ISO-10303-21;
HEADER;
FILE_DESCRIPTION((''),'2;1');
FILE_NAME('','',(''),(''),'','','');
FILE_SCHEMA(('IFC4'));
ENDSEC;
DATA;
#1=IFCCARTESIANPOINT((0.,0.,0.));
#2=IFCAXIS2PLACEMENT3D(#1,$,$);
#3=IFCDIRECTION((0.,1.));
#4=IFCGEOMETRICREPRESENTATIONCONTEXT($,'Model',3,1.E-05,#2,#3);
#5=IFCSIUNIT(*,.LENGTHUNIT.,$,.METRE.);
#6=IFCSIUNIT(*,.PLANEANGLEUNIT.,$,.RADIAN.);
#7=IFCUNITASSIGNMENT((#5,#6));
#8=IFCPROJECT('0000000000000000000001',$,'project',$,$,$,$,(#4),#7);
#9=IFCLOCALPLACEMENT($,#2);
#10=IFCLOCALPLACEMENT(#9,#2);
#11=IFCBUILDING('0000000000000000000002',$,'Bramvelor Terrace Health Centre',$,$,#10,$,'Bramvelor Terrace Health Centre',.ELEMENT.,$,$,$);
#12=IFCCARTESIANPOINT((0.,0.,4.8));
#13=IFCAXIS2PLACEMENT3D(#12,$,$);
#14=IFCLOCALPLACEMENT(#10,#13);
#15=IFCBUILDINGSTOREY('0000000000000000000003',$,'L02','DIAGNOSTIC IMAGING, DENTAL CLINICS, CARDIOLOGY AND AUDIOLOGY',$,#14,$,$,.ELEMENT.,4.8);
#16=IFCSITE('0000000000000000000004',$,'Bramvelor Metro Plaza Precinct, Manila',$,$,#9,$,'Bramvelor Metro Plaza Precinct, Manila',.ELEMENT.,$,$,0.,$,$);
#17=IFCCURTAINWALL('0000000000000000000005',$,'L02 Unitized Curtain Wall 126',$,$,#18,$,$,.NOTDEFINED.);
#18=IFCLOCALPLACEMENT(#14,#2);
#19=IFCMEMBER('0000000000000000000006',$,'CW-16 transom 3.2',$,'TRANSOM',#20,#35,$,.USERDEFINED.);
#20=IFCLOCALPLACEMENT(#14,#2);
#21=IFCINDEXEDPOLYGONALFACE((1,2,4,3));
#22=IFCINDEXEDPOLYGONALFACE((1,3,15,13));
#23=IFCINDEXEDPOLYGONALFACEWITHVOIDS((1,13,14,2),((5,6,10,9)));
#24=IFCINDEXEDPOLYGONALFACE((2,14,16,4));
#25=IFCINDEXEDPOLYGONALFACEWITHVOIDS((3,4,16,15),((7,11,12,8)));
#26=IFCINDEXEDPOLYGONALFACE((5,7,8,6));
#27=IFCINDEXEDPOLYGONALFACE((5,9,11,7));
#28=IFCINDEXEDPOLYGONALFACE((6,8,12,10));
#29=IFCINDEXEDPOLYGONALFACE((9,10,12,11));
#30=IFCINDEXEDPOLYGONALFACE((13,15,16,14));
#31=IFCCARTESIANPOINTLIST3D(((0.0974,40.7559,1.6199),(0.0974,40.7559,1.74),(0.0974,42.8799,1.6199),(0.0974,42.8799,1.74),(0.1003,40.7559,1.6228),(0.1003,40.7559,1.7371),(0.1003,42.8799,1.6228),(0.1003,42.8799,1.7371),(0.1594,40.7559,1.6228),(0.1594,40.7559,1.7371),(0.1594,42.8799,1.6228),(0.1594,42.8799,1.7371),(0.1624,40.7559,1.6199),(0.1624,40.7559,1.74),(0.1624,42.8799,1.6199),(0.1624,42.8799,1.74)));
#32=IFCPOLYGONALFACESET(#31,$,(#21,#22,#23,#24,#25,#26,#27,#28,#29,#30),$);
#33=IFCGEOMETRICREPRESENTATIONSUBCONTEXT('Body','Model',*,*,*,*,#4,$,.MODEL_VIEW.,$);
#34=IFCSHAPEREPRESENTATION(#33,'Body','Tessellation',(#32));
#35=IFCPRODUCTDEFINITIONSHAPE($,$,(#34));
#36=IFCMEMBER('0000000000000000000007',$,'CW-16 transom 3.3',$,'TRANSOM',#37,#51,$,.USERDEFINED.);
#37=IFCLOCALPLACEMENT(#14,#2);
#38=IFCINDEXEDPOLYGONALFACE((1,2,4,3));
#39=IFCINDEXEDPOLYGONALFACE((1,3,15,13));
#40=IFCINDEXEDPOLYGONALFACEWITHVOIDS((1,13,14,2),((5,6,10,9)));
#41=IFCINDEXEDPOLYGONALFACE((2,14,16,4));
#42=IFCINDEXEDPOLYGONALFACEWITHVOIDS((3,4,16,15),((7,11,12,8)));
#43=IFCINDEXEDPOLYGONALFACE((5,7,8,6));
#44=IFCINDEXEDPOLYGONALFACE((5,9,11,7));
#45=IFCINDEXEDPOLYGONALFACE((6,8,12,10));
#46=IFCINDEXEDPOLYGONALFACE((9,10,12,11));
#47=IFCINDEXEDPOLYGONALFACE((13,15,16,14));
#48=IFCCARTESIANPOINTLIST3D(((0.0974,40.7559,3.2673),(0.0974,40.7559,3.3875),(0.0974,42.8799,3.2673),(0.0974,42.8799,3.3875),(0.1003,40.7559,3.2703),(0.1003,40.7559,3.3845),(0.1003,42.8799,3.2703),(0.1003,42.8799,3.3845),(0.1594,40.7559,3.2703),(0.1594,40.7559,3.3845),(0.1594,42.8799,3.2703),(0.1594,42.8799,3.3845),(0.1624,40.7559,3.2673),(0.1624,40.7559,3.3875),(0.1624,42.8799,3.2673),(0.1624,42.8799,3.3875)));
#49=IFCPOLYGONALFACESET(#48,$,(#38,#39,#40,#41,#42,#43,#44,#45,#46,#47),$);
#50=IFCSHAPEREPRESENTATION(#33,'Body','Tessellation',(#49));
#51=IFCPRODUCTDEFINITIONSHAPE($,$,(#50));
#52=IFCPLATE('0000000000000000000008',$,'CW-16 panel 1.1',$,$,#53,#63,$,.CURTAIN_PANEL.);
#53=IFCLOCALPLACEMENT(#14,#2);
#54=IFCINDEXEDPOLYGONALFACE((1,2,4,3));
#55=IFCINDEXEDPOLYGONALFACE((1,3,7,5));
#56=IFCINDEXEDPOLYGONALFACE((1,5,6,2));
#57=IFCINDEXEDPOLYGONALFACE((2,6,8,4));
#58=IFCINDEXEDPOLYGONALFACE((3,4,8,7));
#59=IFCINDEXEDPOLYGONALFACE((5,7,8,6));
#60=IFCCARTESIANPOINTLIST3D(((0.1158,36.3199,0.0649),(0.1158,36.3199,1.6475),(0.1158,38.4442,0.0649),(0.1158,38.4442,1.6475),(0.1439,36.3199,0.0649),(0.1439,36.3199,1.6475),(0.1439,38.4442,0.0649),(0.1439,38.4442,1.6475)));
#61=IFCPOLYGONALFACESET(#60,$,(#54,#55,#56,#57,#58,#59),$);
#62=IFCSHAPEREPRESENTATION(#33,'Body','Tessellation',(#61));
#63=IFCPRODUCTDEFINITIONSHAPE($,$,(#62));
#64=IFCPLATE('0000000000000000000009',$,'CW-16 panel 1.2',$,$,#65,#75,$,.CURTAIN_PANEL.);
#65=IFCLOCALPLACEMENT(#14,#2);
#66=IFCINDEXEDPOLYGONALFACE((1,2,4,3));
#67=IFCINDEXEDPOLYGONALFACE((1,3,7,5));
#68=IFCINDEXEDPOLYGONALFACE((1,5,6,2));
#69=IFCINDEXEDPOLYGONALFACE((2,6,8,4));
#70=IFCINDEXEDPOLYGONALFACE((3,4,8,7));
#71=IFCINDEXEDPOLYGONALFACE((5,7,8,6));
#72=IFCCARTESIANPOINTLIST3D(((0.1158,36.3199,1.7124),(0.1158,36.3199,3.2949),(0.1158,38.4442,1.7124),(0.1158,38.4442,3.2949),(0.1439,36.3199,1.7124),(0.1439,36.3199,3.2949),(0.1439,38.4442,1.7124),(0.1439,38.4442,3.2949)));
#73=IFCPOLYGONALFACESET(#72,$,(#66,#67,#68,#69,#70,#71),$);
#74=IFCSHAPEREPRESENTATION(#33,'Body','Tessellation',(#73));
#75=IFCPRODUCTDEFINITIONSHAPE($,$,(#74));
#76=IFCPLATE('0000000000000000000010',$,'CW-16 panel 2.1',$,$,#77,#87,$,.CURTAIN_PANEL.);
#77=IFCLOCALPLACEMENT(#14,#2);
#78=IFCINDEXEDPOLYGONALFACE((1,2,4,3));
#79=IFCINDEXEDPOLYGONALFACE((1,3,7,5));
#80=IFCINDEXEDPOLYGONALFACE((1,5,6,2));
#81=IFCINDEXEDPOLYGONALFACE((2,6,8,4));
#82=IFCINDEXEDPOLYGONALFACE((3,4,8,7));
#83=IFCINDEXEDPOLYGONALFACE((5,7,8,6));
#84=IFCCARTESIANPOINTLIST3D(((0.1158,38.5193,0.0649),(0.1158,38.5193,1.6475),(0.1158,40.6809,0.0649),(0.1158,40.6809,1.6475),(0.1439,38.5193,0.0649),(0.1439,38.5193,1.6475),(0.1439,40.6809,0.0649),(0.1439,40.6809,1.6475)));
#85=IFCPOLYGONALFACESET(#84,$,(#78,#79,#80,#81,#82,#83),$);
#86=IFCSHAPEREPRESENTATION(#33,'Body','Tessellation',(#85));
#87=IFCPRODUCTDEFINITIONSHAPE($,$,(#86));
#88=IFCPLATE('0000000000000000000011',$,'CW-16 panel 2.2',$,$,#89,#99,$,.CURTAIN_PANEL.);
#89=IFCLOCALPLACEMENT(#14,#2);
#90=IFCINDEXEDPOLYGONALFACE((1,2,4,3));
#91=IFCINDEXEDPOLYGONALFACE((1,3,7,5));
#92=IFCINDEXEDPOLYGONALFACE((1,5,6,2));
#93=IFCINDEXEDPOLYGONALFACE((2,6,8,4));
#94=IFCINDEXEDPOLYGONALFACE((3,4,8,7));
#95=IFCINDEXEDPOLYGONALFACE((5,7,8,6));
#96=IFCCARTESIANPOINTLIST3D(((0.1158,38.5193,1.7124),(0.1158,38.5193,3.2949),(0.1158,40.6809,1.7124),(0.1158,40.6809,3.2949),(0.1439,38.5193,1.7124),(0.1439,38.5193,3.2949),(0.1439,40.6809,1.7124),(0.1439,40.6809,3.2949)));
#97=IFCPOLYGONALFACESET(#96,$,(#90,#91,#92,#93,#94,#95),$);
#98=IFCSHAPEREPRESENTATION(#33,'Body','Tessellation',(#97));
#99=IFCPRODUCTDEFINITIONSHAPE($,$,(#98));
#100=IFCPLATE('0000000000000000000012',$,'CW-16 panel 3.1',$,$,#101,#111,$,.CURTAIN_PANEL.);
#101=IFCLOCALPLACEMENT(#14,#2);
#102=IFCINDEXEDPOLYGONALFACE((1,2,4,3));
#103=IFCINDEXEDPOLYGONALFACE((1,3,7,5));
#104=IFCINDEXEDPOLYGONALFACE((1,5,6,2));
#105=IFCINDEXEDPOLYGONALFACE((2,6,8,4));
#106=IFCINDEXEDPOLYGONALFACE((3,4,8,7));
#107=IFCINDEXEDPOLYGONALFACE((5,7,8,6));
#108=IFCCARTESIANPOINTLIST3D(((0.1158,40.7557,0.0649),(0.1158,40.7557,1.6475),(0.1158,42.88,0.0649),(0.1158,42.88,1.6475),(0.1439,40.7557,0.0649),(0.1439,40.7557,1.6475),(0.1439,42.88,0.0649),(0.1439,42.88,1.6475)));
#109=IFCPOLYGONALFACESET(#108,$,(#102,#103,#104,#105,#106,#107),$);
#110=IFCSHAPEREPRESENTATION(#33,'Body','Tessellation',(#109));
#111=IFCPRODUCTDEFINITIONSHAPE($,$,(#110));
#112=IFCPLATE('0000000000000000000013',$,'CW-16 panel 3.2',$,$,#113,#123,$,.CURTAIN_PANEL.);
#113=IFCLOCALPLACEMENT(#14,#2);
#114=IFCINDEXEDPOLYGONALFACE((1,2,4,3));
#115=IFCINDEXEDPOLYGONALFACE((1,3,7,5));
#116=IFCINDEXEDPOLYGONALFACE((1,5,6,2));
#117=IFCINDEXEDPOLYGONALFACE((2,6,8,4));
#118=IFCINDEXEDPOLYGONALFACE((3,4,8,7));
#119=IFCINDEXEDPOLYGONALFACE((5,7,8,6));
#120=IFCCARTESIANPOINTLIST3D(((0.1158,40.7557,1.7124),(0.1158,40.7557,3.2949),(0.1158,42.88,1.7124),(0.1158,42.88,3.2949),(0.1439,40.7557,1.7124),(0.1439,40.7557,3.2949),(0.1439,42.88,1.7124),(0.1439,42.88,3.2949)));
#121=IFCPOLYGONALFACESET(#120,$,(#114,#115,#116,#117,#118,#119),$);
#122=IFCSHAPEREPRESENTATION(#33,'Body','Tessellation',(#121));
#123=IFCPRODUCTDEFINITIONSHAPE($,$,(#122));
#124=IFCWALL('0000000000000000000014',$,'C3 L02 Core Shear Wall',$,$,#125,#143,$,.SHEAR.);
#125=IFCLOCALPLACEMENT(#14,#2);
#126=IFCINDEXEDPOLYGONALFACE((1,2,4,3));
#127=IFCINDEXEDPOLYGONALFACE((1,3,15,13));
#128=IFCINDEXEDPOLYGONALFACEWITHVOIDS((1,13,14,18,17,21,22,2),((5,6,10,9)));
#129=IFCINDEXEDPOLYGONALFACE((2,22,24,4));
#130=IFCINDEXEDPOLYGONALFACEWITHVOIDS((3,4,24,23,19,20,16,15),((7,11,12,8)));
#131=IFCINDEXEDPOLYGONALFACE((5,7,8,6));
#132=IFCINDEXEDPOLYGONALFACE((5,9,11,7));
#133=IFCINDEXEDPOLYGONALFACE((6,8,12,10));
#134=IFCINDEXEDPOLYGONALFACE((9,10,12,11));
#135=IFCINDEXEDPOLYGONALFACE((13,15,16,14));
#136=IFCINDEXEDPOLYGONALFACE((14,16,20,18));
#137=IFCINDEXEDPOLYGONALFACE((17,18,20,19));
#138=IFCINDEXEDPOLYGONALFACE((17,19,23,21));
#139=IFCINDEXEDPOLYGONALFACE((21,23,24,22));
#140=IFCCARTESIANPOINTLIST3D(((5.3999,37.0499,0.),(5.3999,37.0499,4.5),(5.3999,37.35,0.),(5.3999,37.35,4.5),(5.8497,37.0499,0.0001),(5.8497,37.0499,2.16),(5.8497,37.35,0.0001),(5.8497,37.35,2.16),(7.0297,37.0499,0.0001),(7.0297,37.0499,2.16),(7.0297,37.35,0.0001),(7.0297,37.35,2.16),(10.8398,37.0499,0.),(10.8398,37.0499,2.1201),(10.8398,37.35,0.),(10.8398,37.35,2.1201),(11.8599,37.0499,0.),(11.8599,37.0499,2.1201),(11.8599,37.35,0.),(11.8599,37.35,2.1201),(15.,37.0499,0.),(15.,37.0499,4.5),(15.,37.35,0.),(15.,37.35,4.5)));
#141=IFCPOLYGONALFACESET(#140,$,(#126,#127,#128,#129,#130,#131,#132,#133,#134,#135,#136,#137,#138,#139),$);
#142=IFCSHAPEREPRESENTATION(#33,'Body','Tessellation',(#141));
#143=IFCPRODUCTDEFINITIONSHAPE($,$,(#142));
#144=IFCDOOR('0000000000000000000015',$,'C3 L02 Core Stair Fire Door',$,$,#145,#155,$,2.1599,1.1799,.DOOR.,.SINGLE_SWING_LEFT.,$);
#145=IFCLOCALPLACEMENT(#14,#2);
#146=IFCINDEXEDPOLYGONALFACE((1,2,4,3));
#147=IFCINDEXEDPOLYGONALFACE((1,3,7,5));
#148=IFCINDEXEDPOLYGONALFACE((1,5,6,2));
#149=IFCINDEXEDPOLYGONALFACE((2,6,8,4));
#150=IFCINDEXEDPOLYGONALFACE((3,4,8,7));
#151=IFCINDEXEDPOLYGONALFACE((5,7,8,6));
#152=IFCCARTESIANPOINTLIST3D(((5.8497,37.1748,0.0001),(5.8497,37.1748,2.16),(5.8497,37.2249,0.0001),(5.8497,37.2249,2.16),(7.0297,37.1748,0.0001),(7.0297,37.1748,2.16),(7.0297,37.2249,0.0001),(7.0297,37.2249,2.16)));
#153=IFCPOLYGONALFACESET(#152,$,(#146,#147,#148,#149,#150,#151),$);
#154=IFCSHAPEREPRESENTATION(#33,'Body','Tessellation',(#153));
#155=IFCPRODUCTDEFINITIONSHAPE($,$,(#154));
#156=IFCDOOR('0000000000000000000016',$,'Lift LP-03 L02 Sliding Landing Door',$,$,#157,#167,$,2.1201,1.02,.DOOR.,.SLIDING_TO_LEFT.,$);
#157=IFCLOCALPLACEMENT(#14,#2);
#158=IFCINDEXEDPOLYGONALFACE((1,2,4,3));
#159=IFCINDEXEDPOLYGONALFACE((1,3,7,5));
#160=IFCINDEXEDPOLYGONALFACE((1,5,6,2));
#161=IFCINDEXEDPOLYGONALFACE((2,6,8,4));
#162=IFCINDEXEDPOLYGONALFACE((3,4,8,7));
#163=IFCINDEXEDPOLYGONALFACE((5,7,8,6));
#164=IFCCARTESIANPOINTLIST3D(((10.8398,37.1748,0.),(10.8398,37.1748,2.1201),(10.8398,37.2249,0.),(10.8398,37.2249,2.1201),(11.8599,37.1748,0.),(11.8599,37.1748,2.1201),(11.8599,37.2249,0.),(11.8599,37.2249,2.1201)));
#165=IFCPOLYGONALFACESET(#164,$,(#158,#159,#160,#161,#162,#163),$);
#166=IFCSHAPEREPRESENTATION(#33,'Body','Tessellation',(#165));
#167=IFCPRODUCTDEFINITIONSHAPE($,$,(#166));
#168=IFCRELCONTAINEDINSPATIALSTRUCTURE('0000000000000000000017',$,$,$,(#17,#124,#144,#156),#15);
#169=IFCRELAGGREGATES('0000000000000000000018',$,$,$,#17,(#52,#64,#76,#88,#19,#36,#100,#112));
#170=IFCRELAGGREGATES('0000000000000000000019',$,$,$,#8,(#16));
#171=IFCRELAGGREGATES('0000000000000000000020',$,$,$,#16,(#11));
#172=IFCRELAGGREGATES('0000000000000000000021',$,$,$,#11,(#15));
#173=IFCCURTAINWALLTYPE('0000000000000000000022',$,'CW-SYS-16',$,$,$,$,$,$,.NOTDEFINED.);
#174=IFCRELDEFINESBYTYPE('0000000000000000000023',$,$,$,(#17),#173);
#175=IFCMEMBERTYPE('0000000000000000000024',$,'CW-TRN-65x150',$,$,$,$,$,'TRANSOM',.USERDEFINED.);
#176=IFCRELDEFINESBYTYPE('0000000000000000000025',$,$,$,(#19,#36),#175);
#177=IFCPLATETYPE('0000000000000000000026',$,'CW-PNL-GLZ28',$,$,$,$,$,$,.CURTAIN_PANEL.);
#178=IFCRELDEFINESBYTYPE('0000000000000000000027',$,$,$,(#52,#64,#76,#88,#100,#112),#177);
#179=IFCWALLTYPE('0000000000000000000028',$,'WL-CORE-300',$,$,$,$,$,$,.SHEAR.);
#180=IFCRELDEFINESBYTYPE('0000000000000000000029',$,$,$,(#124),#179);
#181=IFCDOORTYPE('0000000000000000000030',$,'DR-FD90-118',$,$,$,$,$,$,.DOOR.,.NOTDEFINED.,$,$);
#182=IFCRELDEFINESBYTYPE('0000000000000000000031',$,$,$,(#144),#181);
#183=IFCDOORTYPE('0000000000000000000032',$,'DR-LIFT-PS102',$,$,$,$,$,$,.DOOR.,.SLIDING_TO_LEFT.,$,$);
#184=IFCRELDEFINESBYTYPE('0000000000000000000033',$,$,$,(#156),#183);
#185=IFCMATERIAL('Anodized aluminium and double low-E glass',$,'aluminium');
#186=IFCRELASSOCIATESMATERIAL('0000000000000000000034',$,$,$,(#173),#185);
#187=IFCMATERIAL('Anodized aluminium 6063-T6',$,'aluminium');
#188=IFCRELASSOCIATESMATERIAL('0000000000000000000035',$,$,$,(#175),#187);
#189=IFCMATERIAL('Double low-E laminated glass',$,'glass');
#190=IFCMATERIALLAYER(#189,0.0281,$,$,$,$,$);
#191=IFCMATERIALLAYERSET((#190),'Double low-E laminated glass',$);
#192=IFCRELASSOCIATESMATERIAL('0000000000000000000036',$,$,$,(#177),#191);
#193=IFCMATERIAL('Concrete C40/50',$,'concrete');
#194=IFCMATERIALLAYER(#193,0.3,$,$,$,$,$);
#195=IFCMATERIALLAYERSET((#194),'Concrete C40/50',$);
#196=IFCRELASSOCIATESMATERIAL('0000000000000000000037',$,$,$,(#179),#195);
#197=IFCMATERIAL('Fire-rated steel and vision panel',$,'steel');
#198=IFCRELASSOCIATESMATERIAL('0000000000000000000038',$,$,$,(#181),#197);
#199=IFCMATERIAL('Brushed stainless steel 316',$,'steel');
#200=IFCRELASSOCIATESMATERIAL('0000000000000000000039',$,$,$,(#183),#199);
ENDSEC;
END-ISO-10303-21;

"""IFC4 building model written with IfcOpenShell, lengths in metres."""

from ifc_helpers import new_model, si_unit, direction, frame, frame_2d, origin, origin_2d, place, context, subcontext, project, spatial, rectangle, hollow_rectangle, extrude, material, layer, layer_set, material_profile, profile_set, type_object, element, fill, aggregate, save


model = new_model("IFC4")

# Units and contexts
model_context = context("Model", 3, precision=1e-05, world=origin(), true_north=direction((0.0, 1.0)))
body_context = subcontext(model_context, "Body", "Model", "MODEL_VIEW")
ifc_project = project(units=[si_unit("LENGTHUNIT", "METRE"), si_unit("PLANEANGLEUNIT", "RADIAN")], contexts=[model_context])

# Site, building, storey
site_placement = place(None, origin())
site = spatial("IfcSite", under=ifc_project, at=site_placement, Name="Bramvelor Metro Plaza Precinct, Manila", LongName="Bramvelor Metro Plaza Precinct, Manila", CompositionType="ELEMENT", RefElevation=0.0)
building_placement = place(site_placement, origin())
building = spatial("IfcBuilding", under=site, at=building_placement, Name="Bramvelor Terrace Health Centre", LongName="Bramvelor Terrace Health Centre", CompositionType="ELEMENT")
storey_placement = place(building_placement, frame((0.0, 0.0, 4.8)))
storey = spatial("IfcBuildingStorey", under=building, at=storey_placement, Name="L02", Description="DIAGNOSTIC IMAGING, DENTAL CLINICS, CARDIOLOGY AND AUDIOLOGY", CompositionType="ELEMENT", Elevation=4.8)

# Curtain wall, members, plates
ifc_material_1 = material(Name="Anodized aluminium and double low-E glass", Category="aluminium")
curtain_wall_type = type_object("IfcCurtainWallType", Name="CW-SYS-16", PredefinedType="NOTDEFINED", material=ifc_material_1)
curtain_wall_placement = place(storey_placement, origin())
curtain_wall = element("IfcCurtainWall", 1, at=curtain_wall_placement, inside=storey, type_object=curtain_wall_type, Name="L02 Unitized Curtain Wall 126", PredefinedType="NOTDEFINED")
ifc_material_2 = material(Name="Anodized aluminium 6063-T6", Category="aluminium")
ifc_material_profile_1 = material_profile(ifc_material_2, hollow_rectangle(XDim=0.0649, YDim=0.1201, WallThickness=0.0029, at=origin_2d()), Name="ALU-TRN 65x120x3.0")
ifc_profile_set_1 = profile_set([ifc_material_profile_1], Name="Anodized aluminium 6063-T6")
member_type_1 = type_object("IfcMemberType", Name="CW-TRN-65x150", ElementType="TRANSOM", PredefinedType="USERDEFINED", material=ifc_profile_set_1)
member_1_placement = place(storey_placement, frame((0.1299, 40.7559, 1.6799), z_axis=(0.0, 1.0, 0.0), x_axis=(-1.0, 0.0, 0.0)))
member_1 = element("IfcMember", 2, at=member_1_placement, type_object=member_type_1, Name="CW-16 transom 3.2", ObjectType="TRANSOM", PredefinedType="USERDEFINED", context=body_context, shape_type="SweptSolid", body=[
    extrude(hollow_rectangle(XDim=0.0649, YDim=0.1201, WallThickness=0.0029, at=origin_2d()), origin(), (0.0, 0.0, 1.0), 2.124),
])
member_2_placement = place(storey_placement, frame((0.1299, 40.7559, 3.3274), z_axis=(0.0, 1.0, 0.0), x_axis=(-1.0, 0.0, 0.0)))
member_2 = element("IfcMember", 3, at=member_2_placement, type_object=member_type_1, Name="CW-16 transom 3.3", ObjectType="TRANSOM", PredefinedType="USERDEFINED", context=body_context, shape_type="SweptSolid", body=[
    extrude(hollow_rectangle(XDim=0.0649, YDim=0.1201, WallThickness=0.0029, at=origin_2d()), origin(), (0.0, 0.0, 1.0), 2.124),
])
ifc_material_3 = material(Name="Double low-E laminated glass", Category="glass")
ifc_layer_1 = layer(ifc_material_3, 0.0281)
ifc_layer_set_1 = layer_set([ifc_layer_1], Name="Double low-E laminated glass")
plate_type = type_object("IfcPlateType", Name="CW-PNL-GLZ28", PredefinedType="CURTAIN_PANEL", material=ifc_layer_set_1)
plate_1_placement = place(storey_placement, frame((0.1299, 37.3821, 0.0649), z_axis=(0.0, 0.0, 1.0), x_axis=(0.0, 1.0, 0.0)))
plate_1 = element("IfcPlate", 4, at=plate_1_placement, type_object=plate_type, Name="CW-16 panel 1.1", PredefinedType="CURTAIN_PANEL", context=body_context, shape_type="SweptSolid", body=[
    extrude(rectangle(XDim=2.1243, YDim=0.0281, at=origin_2d()), origin(), (0.0, 0.0, 1.0), 1.5825),
])
plate_2_placement = place(storey_placement, frame((0.1299, 37.3821, 1.7124), z_axis=(0.0, 0.0, 1.0), x_axis=(0.0, 1.0, 0.0)))
plate_2 = element("IfcPlate", 5, at=plate_2_placement, type_object=plate_type, Name="CW-16 panel 1.2", PredefinedType="CURTAIN_PANEL", context=body_context, shape_type="SweptSolid", body=[
    extrude(rectangle(XDim=2.1243, YDim=0.0281, at=origin_2d()), origin(), (0.0, 0.0, 1.0), 1.5825),
])
plate_3_placement = place(storey_placement, frame((0.1299, 39.6001, 0.0649), z_axis=(0.0, 0.0, 1.0), x_axis=(0.0, 1.0, 0.0)))
plate_3 = element("IfcPlate", 6, at=plate_3_placement, type_object=plate_type, Name="CW-16 panel 2.1", PredefinedType="CURTAIN_PANEL", context=body_context, shape_type="SweptSolid", body=[
    extrude(rectangle(XDim=2.1616, YDim=0.0281, at=origin_2d()), origin(), (0.0, 0.0, 1.0), 1.5825),
])
plate_4_placement = place(storey_placement, frame((0.1299, 39.6001, 1.7124), z_axis=(0.0, 0.0, 1.0), x_axis=(0.0, 1.0, 0.0)))
plate_4 = element("IfcPlate", 7, at=plate_4_placement, type_object=plate_type, Name="CW-16 panel 2.2", PredefinedType="CURTAIN_PANEL", context=body_context, shape_type="SweptSolid", body=[
    extrude(rectangle(XDim=2.1616, YDim=0.0281, at=origin_2d()), origin(), (0.0, 0.0, 1.0), 1.5825),
])
plate_5_placement = place(storey_placement, frame((0.1299, 41.8179, 0.0649), z_axis=(0.0, 0.0, 1.0), x_axis=(0.0, 1.0, 0.0)))
plate_5 = element("IfcPlate", 8, at=plate_5_placement, type_object=plate_type, Name="CW-16 panel 3.1", PredefinedType="CURTAIN_PANEL", context=body_context, shape_type="SweptSolid", body=[
    extrude(rectangle(XDim=2.1243, YDim=0.0281, at=origin_2d()), origin(), (0.0, 0.0, 1.0), 1.5825),
])
plate_6_placement = place(storey_placement, frame((0.1299, 41.8179, 1.7124), z_axis=(0.0, 0.0, 1.0), x_axis=(0.0, 1.0, 0.0)))
plate_6 = element("IfcPlate", 9, at=plate_6_placement, type_object=plate_type, Name="CW-16 panel 3.2", PredefinedType="CURTAIN_PANEL", context=body_context, shape_type="SweptSolid", body=[
    extrude(rectangle(XDim=2.1243, YDim=0.0281, at=origin_2d()), origin(), (0.0, 0.0, 1.0), 1.5825),
])
aggregate(curtain_wall, [plate_1, plate_2, plate_3, plate_4, member_1, member_2, plate_5, plate_6])

# Wall, openings, doors
ifc_material_4 = material(Name="Concrete C40/50", Category="concrete")
ifc_layer_2 = layer(ifc_material_4, 0.3)
ifc_layer_set_2 = layer_set([ifc_layer_2], Name="Concrete C40/50")
wall_type = type_object("IfcWallType", Name="WL-CORE-300", PredefinedType="SHEAR", material=ifc_layer_set_2)
wall_placement = place(storey_placement, frame((5.3999, 37.2, 0.0), z_axis=(0.0, 0.0, 1.0), x_axis=(1.0, 0.0, 0.0)))
wall = element("IfcWall", 10, at=wall_placement, inside=storey, type_object=wall_type, Name="C3 L02 Core Shear Wall", PredefinedType="SHEAR", context=body_context, shape_type="SweptSolid", body=[
    extrude(rectangle(XDim=9.6001, YDim=0.3, at=frame_2d((4.8, 0.0))), origin(), (0.0, 0.0, 1.0), 4.5),
])
opening_1_placement = place(wall_placement, frame((0.45, 0.0, 0.0)))
opening_1 = element("IfcOpeningElement", 11, at=opening_1_placement, cuts=wall, PredefinedType="OPENING", context=body_context, shape_type="SweptSolid", body=[
    extrude(rectangle(XDim=1.1799, YDim=2.1599, at=frame_2d((0.5898, 1.0801))), frame((0.0, 0.1599, 0.0), z_axis=(0.0, -1.0, 0.0), x_axis=(1.0, 0.0, 0.0)), (0.0, 0.0, 1.0), 0.3201),
])
opening_2_placement = place(wall_placement, frame((5.4399, 0.0, 0.0)))
opening_2 = element("IfcOpeningElement", 12, at=opening_2_placement, cuts=wall, PredefinedType="OPENING", context=body_context, shape_type="SweptSolid", body=[
    extrude(rectangle(XDim=1.02, YDim=2.1201, at=frame_2d((0.51, 1.0601))), frame((0.0, 0.1599, 0.0), z_axis=(0.0, -1.0, 0.0), x_axis=(1.0, 0.0, 0.0)), (0.0, 0.0, 1.0), 0.3201),
])
ifc_material_5 = material(Name="Fire-rated steel and vision panel", Category="steel")
door_type_1 = type_object("IfcDoorType", Name="DR-FD90-118", OperationType="NOTDEFINED", PredefinedType="DOOR", material=ifc_material_5)
door_1_placement = place(opening_1_placement, origin())
door_1 = element("IfcDoor", 13, at=door_1_placement, inside=storey, type_object=door_type_1, Name="C3 L02 Core Stair Fire Door", OperationType="SINGLE_SWING_LEFT", OverallHeight=2.1599, OverallWidth=1.1799, PredefinedType="DOOR", context=body_context, shape_type="SweptSolid", body=[
    extrude(rectangle(XDim=1.1799, YDim=2.1599, at=frame_2d((0.5898, 1.0801))), frame((0.0, 0.0249, 0.0), z_axis=(0.0, -1.0, 0.0), x_axis=(1.0, 0.0, 0.0)), (0.0, 0.0, 1.0), 0.05),
])
fill(opening_1, door_1)
ifc_material_6 = material(Name="Brushed stainless steel 316", Category="steel")
door_type_2 = type_object("IfcDoorType", Name="DR-LIFT-PS102", OperationType="SLIDING_TO_LEFT", PredefinedType="DOOR", material=ifc_material_6)
door_2_placement = place(opening_2_placement, origin())
door_2 = element("IfcDoor", 14, at=door_2_placement, inside=storey, type_object=door_type_2, Name="Lift LP-03 L02 Sliding Landing Door", OperationType="SLIDING_TO_LEFT", OverallHeight=2.1201, OverallWidth=1.02, PredefinedType="DOOR", context=body_context, shape_type="SweptSolid", body=[
    extrude(rectangle(XDim=1.02, YDim=2.1201, at=frame_2d((0.51, 1.0601))), frame((0.0, 0.0249, 0.0), z_axis=(0.0, -1.0, 0.0), x_axis=(1.0, 0.0, 0.0)), (0.0, 0.0, 1.0), 0.05),
])
fill(opening_2, door_2)

save(model, "model.ifc")
